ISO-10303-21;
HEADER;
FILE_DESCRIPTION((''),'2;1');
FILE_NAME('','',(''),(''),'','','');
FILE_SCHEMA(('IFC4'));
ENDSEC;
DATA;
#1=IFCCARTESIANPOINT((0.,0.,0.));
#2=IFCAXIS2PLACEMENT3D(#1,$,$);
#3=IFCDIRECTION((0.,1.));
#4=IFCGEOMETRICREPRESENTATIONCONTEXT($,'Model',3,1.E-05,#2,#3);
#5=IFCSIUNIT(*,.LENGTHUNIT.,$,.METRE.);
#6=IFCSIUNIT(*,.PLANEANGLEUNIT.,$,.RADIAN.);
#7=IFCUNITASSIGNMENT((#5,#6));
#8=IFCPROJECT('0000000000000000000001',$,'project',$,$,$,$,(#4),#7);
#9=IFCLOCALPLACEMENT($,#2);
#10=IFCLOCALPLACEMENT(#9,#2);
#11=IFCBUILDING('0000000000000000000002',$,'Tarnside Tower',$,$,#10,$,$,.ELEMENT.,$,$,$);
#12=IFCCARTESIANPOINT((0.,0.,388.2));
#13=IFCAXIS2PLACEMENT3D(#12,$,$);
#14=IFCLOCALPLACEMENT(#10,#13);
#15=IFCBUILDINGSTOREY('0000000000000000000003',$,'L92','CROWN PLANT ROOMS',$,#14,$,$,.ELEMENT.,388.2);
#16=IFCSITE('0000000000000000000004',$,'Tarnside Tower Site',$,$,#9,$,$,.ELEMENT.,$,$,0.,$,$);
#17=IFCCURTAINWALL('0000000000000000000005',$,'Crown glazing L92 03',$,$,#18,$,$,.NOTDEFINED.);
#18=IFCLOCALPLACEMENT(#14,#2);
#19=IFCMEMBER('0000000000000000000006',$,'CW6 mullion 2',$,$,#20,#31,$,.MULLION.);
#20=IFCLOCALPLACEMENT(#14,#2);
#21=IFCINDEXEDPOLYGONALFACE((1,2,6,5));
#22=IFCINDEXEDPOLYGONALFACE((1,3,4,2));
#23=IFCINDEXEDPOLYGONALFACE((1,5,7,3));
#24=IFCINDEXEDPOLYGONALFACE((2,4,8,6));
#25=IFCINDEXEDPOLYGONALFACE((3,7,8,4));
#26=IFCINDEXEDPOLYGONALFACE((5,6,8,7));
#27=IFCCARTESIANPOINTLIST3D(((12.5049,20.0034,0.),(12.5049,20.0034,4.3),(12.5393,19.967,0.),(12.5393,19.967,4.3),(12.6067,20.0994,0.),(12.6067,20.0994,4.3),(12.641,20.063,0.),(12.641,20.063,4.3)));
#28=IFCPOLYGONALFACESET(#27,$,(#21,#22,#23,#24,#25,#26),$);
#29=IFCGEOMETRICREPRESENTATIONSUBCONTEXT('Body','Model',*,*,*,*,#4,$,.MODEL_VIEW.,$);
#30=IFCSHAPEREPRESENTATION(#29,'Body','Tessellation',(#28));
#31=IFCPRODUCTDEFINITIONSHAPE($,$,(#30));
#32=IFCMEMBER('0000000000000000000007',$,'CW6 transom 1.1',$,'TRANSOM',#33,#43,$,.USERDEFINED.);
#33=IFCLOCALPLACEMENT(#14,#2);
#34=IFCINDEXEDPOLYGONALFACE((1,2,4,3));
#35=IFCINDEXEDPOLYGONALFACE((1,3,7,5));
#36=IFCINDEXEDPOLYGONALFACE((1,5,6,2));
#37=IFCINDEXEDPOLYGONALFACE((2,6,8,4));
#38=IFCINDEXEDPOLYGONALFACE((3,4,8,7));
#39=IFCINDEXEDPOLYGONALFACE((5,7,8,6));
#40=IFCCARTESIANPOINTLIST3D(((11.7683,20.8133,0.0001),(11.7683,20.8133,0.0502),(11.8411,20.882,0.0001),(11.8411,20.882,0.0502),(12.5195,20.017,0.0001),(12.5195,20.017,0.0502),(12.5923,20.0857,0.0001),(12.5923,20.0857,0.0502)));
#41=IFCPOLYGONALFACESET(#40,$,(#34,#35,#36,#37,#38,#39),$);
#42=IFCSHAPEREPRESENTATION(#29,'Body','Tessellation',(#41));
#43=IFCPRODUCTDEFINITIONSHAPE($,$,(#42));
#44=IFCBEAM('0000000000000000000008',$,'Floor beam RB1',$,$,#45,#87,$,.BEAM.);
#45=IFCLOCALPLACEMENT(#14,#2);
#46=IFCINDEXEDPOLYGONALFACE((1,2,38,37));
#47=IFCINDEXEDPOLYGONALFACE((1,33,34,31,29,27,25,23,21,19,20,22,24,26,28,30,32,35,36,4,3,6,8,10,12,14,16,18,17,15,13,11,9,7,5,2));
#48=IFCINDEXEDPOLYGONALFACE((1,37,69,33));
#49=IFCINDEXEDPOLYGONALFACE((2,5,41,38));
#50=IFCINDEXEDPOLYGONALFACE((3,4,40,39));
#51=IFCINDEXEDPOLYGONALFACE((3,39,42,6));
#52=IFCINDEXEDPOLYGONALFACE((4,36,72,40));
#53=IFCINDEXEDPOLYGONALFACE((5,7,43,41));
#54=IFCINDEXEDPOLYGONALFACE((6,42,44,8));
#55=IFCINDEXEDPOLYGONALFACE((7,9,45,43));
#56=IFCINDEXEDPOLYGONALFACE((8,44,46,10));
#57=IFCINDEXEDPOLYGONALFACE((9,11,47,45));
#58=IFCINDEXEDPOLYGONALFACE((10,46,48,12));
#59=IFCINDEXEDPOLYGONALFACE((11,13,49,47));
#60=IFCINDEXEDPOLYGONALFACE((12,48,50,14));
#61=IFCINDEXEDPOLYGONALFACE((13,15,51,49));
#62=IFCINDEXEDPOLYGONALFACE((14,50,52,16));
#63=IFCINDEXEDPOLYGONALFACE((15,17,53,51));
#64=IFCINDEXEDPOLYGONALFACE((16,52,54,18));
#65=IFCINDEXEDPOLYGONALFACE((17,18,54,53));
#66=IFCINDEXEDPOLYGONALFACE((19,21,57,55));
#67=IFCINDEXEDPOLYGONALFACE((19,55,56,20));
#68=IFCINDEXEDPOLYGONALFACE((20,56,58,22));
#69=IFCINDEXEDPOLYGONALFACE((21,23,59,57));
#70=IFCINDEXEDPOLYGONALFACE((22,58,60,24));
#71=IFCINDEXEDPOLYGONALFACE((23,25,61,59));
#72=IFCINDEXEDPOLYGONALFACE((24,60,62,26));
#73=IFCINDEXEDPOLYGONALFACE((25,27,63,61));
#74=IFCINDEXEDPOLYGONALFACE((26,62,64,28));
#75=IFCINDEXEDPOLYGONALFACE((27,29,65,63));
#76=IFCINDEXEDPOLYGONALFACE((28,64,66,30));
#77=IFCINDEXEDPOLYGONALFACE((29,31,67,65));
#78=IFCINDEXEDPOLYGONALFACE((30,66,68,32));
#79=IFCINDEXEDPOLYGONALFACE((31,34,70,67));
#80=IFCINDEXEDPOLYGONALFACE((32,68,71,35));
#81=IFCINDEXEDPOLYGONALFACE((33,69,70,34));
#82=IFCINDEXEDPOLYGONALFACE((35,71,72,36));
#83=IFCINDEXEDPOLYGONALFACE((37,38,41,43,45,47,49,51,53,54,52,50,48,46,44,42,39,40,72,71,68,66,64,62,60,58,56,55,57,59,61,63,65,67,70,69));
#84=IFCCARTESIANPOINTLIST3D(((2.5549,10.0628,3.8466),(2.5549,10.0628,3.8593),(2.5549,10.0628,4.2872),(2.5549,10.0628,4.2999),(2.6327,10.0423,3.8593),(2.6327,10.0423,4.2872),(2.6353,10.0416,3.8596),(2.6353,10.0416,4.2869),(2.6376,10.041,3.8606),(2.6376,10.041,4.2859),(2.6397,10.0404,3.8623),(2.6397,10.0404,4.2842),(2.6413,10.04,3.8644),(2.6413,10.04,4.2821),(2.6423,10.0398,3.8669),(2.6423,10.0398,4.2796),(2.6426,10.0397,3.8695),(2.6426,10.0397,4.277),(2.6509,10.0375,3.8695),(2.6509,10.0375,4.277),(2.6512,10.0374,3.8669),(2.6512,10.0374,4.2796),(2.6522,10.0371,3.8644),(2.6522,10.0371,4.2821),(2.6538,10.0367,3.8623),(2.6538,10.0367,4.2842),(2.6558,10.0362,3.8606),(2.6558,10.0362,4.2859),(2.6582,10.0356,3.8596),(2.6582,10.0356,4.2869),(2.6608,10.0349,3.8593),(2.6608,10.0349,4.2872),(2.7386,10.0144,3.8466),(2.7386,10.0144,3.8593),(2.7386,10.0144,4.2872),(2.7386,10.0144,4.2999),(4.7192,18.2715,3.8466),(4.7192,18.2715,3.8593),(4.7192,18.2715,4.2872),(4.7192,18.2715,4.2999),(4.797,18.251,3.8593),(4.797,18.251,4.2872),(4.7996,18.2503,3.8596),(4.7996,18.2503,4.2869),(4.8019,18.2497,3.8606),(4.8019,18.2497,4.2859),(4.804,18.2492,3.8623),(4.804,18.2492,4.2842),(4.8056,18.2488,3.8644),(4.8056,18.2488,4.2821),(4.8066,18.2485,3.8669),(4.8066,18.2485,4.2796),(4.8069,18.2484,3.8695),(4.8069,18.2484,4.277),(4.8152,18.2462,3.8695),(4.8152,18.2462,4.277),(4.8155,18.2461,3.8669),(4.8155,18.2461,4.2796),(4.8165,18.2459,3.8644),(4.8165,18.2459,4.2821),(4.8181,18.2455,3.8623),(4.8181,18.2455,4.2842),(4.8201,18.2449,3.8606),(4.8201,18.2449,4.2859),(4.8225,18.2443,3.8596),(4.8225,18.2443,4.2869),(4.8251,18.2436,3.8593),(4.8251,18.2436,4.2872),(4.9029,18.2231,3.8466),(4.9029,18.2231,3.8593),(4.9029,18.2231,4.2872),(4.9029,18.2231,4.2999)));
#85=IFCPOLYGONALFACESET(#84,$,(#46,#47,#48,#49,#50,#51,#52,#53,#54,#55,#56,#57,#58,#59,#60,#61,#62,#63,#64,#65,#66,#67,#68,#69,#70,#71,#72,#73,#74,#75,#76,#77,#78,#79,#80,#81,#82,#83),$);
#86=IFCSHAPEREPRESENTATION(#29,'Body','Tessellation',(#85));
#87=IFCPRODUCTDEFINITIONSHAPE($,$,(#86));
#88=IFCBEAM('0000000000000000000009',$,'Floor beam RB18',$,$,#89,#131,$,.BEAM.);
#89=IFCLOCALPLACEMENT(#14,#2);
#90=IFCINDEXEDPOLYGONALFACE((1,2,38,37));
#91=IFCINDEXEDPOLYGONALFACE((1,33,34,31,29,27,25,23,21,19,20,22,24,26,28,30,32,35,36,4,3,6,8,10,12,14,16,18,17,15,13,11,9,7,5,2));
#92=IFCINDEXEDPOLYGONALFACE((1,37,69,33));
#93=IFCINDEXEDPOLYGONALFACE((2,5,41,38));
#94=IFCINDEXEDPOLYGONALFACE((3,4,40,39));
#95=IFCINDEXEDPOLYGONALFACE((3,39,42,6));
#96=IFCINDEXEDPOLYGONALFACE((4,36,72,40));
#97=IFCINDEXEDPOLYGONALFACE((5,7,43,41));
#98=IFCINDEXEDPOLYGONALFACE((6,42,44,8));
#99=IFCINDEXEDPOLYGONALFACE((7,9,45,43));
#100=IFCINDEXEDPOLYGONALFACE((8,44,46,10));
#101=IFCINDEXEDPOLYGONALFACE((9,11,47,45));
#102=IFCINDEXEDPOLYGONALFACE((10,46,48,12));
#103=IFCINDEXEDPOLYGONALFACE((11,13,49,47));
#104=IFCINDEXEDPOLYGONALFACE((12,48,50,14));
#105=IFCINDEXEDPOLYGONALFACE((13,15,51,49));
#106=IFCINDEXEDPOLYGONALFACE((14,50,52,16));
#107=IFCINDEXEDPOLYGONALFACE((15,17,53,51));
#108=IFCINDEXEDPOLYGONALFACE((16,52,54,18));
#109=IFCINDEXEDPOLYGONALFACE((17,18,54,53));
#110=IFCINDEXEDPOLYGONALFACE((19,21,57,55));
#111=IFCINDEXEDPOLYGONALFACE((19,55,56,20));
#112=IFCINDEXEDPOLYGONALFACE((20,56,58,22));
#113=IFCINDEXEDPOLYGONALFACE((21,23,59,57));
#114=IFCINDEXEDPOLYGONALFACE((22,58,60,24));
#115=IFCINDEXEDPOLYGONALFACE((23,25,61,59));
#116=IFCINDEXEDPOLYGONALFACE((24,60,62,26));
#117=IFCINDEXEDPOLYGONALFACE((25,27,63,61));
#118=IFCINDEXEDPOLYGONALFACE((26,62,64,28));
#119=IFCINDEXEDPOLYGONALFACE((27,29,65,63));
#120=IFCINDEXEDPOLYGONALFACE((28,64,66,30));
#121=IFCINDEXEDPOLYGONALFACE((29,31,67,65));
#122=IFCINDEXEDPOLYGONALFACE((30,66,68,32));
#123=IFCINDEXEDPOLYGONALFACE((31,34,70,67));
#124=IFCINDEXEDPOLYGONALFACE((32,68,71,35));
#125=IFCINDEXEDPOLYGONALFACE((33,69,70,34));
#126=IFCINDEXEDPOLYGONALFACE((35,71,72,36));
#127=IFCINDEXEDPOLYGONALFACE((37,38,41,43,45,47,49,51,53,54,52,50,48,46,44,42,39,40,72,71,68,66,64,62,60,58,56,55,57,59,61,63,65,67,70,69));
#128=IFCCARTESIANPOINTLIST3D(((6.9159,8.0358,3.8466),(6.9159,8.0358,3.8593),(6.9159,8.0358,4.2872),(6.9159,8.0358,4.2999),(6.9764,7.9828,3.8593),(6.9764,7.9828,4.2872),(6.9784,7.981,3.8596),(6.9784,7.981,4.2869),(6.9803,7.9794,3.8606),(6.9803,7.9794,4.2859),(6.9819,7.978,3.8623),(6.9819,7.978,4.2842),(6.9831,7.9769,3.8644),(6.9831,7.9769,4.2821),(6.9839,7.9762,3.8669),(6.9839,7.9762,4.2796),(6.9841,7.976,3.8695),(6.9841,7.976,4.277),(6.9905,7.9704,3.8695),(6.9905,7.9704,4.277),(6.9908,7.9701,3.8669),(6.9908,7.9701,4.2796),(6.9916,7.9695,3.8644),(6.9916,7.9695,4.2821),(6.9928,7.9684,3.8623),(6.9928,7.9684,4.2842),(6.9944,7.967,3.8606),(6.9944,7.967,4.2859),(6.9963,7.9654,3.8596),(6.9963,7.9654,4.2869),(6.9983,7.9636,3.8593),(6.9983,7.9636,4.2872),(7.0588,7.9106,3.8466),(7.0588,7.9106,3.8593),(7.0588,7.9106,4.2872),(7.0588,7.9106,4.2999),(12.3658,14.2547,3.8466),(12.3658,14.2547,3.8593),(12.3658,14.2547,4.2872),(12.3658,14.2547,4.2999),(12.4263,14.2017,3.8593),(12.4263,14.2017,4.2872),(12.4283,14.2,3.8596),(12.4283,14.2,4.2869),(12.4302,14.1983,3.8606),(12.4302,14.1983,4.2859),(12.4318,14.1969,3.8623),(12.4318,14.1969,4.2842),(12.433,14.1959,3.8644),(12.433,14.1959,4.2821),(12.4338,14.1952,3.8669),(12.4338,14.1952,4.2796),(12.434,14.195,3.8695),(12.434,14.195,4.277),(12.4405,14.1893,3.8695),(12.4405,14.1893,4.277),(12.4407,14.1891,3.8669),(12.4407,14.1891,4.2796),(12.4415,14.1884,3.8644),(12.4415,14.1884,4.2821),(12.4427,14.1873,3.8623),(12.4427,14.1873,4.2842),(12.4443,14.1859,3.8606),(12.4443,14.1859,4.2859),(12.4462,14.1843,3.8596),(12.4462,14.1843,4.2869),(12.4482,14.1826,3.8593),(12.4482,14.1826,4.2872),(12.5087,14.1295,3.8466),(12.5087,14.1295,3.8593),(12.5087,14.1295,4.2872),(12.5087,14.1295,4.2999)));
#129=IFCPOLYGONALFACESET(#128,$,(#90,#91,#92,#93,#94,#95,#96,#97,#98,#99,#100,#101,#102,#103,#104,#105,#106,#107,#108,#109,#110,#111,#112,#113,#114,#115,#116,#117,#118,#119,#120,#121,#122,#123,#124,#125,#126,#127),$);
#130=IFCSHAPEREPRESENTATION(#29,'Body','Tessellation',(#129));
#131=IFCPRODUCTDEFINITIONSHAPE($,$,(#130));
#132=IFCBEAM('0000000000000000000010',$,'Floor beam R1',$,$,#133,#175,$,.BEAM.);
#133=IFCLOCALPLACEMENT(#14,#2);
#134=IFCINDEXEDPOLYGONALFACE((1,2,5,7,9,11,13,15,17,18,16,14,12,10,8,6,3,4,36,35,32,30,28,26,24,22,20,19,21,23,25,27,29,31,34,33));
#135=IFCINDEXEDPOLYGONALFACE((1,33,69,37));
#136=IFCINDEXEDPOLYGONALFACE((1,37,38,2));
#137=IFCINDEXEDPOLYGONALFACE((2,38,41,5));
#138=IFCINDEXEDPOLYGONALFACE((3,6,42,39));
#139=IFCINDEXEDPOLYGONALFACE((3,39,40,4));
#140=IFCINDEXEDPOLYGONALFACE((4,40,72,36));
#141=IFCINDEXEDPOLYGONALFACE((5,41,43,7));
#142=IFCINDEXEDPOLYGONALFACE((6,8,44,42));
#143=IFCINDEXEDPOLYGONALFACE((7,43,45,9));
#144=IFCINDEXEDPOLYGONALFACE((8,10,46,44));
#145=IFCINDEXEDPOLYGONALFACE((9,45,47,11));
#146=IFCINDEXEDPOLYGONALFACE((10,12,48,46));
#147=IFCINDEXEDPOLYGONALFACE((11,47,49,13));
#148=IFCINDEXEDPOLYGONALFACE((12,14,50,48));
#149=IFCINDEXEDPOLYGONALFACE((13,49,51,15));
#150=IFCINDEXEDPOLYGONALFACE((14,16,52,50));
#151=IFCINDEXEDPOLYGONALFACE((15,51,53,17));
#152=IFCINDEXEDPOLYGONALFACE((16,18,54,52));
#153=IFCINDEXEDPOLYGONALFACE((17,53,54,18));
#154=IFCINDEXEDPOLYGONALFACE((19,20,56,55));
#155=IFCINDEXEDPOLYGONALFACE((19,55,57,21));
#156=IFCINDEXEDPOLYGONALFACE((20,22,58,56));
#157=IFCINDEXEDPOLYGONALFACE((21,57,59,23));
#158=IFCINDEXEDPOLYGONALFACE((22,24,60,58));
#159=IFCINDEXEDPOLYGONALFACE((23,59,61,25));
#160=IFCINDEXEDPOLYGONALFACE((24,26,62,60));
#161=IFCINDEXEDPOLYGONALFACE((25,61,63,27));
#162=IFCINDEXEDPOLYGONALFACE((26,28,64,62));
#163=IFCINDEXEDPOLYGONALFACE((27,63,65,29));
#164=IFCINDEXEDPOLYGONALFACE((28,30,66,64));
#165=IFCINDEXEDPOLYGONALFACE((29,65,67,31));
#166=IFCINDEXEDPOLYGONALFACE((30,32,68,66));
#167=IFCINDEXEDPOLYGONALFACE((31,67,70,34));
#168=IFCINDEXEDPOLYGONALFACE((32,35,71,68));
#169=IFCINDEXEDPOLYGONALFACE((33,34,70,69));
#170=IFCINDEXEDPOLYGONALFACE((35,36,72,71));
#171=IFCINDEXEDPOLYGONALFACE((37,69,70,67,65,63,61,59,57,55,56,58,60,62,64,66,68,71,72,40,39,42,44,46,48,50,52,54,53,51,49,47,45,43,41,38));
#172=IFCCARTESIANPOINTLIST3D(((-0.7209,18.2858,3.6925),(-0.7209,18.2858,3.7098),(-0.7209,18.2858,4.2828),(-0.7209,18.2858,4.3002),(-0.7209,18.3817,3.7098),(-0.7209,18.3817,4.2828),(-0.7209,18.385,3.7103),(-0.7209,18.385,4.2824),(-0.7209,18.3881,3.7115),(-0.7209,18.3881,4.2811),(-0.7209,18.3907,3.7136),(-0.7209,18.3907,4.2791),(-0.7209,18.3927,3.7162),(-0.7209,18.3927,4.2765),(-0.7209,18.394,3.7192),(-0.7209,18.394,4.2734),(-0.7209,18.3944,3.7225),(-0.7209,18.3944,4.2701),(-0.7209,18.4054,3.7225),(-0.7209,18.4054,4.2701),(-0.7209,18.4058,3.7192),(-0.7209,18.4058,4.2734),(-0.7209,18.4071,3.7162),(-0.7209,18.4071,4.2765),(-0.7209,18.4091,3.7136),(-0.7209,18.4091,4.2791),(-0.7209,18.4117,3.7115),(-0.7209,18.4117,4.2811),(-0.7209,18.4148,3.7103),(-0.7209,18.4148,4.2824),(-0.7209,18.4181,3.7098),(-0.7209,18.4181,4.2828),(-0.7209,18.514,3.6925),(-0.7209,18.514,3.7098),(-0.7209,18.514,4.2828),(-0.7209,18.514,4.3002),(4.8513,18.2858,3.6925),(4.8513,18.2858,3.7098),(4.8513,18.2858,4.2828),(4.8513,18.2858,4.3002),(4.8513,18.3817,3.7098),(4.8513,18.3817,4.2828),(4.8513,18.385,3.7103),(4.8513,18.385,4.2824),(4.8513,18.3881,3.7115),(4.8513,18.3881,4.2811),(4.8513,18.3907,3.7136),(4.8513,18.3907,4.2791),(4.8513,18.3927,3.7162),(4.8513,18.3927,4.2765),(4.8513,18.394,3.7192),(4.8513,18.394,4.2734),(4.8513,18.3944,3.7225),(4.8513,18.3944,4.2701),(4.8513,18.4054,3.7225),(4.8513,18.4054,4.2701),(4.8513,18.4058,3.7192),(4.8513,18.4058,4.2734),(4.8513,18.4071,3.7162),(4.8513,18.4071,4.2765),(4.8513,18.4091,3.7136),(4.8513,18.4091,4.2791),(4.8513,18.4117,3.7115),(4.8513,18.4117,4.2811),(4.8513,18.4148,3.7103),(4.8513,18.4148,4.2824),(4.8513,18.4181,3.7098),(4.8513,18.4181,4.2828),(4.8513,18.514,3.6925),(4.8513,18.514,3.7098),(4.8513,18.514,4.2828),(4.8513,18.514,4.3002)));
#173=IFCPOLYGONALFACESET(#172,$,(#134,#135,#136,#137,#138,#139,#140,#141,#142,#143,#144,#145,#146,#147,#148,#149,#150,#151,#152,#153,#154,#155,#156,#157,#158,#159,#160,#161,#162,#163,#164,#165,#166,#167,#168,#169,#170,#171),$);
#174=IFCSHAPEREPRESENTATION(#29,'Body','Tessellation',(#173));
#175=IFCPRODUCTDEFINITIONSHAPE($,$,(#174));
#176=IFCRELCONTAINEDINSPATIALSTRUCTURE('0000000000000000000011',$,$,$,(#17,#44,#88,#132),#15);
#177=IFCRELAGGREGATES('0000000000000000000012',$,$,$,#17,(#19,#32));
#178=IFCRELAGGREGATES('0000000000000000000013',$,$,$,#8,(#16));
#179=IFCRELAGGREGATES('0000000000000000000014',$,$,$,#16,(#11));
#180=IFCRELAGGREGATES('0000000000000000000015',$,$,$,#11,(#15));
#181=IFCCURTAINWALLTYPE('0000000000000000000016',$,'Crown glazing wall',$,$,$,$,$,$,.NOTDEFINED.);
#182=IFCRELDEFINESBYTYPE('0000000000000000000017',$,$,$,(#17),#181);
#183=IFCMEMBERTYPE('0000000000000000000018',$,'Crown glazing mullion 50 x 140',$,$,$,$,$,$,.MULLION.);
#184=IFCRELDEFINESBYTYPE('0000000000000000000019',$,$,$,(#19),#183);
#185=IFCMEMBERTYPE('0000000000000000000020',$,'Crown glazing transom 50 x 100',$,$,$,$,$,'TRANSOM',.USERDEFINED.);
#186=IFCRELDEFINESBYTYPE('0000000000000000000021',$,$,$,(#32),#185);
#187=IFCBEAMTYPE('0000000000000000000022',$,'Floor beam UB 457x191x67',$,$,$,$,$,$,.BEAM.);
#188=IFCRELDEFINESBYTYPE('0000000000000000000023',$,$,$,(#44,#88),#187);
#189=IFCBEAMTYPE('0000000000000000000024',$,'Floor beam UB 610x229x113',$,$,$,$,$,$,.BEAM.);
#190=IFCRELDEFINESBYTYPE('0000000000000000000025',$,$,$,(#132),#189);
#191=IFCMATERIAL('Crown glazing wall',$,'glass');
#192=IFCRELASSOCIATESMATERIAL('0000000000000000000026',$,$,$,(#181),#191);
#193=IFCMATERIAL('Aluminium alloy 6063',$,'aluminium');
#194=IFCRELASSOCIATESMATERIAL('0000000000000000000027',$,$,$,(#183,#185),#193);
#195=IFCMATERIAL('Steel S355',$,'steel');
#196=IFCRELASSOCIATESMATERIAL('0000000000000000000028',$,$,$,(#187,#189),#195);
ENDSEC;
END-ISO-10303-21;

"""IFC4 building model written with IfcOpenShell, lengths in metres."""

from ifc_helpers import new_model, si_unit, direction, frame, origin, origin_2d, place, context, subcontext, project, spatial, rectangle, i_section, extrude, material, material_profile, profile_set, type_object, element, aggregate, save


model = new_model("IFC4")

# Units and contexts
model_context = context("Model", 3, precision=1e-05, world=origin(), true_north=direction((0.0, 1.0)))
body_context = subcontext(model_context, "Body", "Model", "MODEL_VIEW")
ifc_project = project(units=[si_unit("LENGTHUNIT", "METRE"), si_unit("PLANEANGLEUNIT", "RADIAN")], contexts=[model_context])

# Site, building, storey
site_placement = place(None, origin())
site = spatial("IfcSite", under=ifc_project, at=site_placement, Name="Tarnside Tower Site", CompositionType="ELEMENT", RefElevation=0.0)
building_placement = place(site_placement, origin())
building = spatial("IfcBuilding", under=site, at=building_placement, Name="Tarnside Tower", CompositionType="ELEMENT")
storey_placement = place(building_placement, frame((0.0, 0.0, 388.2)))
storey = spatial("IfcBuildingStorey", under=building, at=storey_placement, Name="L92", Description="CROWN PLANT ROOMS", CompositionType="ELEMENT", Elevation=388.2)

# Curtain wall, members
ifc_material_1 = material(Name="Crown glazing wall", Category="glass")
curtain_wall_type = type_object("IfcCurtainWallType", Name="Crown glazing wall", PredefinedType="NOTDEFINED", material=ifc_material_1)
curtain_wall_placement = place(storey_placement, origin())
curtain_wall = element("IfcCurtainWall", 1, at=curtain_wall_placement, inside=storey, type_object=curtain_wall_type, Name="Crown glazing L92 03", PredefinedType="NOTDEFINED")
ifc_material_2 = material(Name="Aluminium alloy 6063", Category="aluminium")
ifc_material_profile_1 = material_profile(ifc_material_2, rectangle(XDim=0.1399, YDim=0.05, at=origin_2d()), Name="Crown glazing mullion 50 x 140")
ifc_profile_set_1 = profile_set([ifc_material_profile_1], Name="Aluminium alloy 6063")
member_type_1 = type_object("IfcMemberType", Name="Crown glazing mullion 50 x 140", PredefinedType="MULLION", material=ifc_profile_set_1)
member_1_placement = place(storey_placement, frame((12.573, 20.0332, 0.0), z_axis=(0.0, 0.0, 1.0), x_axis=(0.727374, 0.686242, 0.0)))
member_1 = element("IfcMember", 2, at=member_1_placement, type_object=member_type_1, Name="CW6 mullion 2", PredefinedType="MULLION", context=body_context, shape_type="SweptSolid", body=[
    extrude(rectangle(XDim=0.1399, YDim=0.05, at=origin_2d()), origin(), (0.0, 0.0, 1.0), 4.3),
])
ifc_material_profile_2 = material_profile(ifc_material_2, rectangle(XDim=0.1001, YDim=0.05, at=origin_2d()), Name="Crown glazing transom 50 x 100")
ifc_profile_set_2 = profile_set([ifc_material_profile_2], Name="Aluminium alloy 6063")
member_type_2 = type_object("IfcMemberType", Name="Crown glazing transom 50 x 100", ElementType="TRANSOM", PredefinedType="USERDEFINED", material=ifc_profile_set_2)
member_2_placement = place(storey_placement, frame((11.8047, 20.8477, 0.0251), z_axis=(0.686178, -0.727434, 0.0), x_axis=(0.727434, 0.686178, 0.0)))
member_2 = element("IfcMember", 3, at=member_2_placement, type_object=member_type_2, Name="CW6 transom 1.1", ObjectType="TRANSOM", PredefinedType="USERDEFINED", context=body_context, shape_type="SweptSolid", body=[
    extrude(rectangle(XDim=0.1001, YDim=0.05, at=origin_2d()), origin(), (0.0, 0.0, 1.0), 1.0947),
])

# Beams
ifc_material_3 = material(Name="Steel S355", Category="steel")
ifc_material_profile_3 = material_profile(ifc_material_3, i_section(OverallWidth=0.1899, OverallDepth=0.4534, WebThickness=0.0085, FlangeThickness=0.0127, FilletRadius=0.0103, at=origin_2d()), Name="UB 457x191x67")
ifc_profile_set_3 = profile_set([ifc_material_profile_3], Name="Steel S355")
beam_type_1 = type_object("IfcBeamType", Name="Floor beam UB 457x191x67", PredefinedType="BEAM", material=ifc_profile_set_3)
beam_1_placement = place(storey_placement, frame((4.811, 18.2473, 4.0732), z_axis=(-0.254946, -0.966955, 0.0), x_axis=(0.966955, -0.254946, 0.0)))
element("IfcBeam", 4, at=beam_1_placement, inside=storey, type_object=beam_type_1, Name="Floor beam RB1", PredefinedType="BEAM", context=body_context, shape_type="SweptSolid", body=[
    extrude(i_section(OverallWidth=0.1899, OverallDepth=0.4534, WebThickness=0.0085, FlangeThickness=0.0127, FilletRadius=0.0103, at=origin_2d()), origin(), (0.0, 0.0, 1.0), 8.4893),
])
beam_2_placement = place(storey_placement, frame((12.4373, 14.1921, 4.0732), z_axis=(-0.659075, -0.752077, 0.0), x_axis=(0.752077, -0.659075, 0.0)))
element("IfcBeam", 5, at=beam_2_placement, inside=storey, type_object=beam_type_1, Name="Floor beam RB18", PredefinedType="BEAM", context=body_context, shape_type="SweptSolid", body=[
    extrude(i_section(OverallWidth=0.1899, OverallDepth=0.4534, WebThickness=0.0085, FlangeThickness=0.0127, FilletRadius=0.0103, at=origin_2d()), origin(), (0.0, 0.0, 1.0), 8.269),
])
ifc_material_profile_4 = material_profile(ifc_material_3, i_section(OverallWidth=0.2283, OverallDepth=0.6077, WebThickness=0.011, FlangeThickness=0.0173, FilletRadius=0.0127, at=origin_2d()), Name="UB 610x229x113")
ifc_profile_set_4 = profile_set([ifc_material_profile_4], Name="Steel S355")
beam_type_2 = type_object("IfcBeamType", Name="Floor beam UB 610x229x113", PredefinedType="BEAM", material=ifc_profile_set_4)
beam_3_placement = place(storey_placement, frame((4.8513, 18.3999, 3.9963), z_axis=(-1.0, 0.0, 0.0), x_axis=(0.0, -1.0, 0.0)))
element("IfcBeam", 6, at=beam_3_placement, inside=storey, type_object=beam_type_2, Name="Floor beam R1", PredefinedType="BEAM", context=body_context, shape_type="SweptSolid", body=[
    extrude(i_section(OverallWidth=0.2283, OverallDepth=0.6077, WebThickness=0.011, FlangeThickness=0.0173, FilletRadius=0.0127, at=origin_2d()), origin(), (0.0, 0.0, 1.0), 5.5723),
])

aggregate(curtain_wall, [member_1, member_2])

save(model, "model.ifc")
